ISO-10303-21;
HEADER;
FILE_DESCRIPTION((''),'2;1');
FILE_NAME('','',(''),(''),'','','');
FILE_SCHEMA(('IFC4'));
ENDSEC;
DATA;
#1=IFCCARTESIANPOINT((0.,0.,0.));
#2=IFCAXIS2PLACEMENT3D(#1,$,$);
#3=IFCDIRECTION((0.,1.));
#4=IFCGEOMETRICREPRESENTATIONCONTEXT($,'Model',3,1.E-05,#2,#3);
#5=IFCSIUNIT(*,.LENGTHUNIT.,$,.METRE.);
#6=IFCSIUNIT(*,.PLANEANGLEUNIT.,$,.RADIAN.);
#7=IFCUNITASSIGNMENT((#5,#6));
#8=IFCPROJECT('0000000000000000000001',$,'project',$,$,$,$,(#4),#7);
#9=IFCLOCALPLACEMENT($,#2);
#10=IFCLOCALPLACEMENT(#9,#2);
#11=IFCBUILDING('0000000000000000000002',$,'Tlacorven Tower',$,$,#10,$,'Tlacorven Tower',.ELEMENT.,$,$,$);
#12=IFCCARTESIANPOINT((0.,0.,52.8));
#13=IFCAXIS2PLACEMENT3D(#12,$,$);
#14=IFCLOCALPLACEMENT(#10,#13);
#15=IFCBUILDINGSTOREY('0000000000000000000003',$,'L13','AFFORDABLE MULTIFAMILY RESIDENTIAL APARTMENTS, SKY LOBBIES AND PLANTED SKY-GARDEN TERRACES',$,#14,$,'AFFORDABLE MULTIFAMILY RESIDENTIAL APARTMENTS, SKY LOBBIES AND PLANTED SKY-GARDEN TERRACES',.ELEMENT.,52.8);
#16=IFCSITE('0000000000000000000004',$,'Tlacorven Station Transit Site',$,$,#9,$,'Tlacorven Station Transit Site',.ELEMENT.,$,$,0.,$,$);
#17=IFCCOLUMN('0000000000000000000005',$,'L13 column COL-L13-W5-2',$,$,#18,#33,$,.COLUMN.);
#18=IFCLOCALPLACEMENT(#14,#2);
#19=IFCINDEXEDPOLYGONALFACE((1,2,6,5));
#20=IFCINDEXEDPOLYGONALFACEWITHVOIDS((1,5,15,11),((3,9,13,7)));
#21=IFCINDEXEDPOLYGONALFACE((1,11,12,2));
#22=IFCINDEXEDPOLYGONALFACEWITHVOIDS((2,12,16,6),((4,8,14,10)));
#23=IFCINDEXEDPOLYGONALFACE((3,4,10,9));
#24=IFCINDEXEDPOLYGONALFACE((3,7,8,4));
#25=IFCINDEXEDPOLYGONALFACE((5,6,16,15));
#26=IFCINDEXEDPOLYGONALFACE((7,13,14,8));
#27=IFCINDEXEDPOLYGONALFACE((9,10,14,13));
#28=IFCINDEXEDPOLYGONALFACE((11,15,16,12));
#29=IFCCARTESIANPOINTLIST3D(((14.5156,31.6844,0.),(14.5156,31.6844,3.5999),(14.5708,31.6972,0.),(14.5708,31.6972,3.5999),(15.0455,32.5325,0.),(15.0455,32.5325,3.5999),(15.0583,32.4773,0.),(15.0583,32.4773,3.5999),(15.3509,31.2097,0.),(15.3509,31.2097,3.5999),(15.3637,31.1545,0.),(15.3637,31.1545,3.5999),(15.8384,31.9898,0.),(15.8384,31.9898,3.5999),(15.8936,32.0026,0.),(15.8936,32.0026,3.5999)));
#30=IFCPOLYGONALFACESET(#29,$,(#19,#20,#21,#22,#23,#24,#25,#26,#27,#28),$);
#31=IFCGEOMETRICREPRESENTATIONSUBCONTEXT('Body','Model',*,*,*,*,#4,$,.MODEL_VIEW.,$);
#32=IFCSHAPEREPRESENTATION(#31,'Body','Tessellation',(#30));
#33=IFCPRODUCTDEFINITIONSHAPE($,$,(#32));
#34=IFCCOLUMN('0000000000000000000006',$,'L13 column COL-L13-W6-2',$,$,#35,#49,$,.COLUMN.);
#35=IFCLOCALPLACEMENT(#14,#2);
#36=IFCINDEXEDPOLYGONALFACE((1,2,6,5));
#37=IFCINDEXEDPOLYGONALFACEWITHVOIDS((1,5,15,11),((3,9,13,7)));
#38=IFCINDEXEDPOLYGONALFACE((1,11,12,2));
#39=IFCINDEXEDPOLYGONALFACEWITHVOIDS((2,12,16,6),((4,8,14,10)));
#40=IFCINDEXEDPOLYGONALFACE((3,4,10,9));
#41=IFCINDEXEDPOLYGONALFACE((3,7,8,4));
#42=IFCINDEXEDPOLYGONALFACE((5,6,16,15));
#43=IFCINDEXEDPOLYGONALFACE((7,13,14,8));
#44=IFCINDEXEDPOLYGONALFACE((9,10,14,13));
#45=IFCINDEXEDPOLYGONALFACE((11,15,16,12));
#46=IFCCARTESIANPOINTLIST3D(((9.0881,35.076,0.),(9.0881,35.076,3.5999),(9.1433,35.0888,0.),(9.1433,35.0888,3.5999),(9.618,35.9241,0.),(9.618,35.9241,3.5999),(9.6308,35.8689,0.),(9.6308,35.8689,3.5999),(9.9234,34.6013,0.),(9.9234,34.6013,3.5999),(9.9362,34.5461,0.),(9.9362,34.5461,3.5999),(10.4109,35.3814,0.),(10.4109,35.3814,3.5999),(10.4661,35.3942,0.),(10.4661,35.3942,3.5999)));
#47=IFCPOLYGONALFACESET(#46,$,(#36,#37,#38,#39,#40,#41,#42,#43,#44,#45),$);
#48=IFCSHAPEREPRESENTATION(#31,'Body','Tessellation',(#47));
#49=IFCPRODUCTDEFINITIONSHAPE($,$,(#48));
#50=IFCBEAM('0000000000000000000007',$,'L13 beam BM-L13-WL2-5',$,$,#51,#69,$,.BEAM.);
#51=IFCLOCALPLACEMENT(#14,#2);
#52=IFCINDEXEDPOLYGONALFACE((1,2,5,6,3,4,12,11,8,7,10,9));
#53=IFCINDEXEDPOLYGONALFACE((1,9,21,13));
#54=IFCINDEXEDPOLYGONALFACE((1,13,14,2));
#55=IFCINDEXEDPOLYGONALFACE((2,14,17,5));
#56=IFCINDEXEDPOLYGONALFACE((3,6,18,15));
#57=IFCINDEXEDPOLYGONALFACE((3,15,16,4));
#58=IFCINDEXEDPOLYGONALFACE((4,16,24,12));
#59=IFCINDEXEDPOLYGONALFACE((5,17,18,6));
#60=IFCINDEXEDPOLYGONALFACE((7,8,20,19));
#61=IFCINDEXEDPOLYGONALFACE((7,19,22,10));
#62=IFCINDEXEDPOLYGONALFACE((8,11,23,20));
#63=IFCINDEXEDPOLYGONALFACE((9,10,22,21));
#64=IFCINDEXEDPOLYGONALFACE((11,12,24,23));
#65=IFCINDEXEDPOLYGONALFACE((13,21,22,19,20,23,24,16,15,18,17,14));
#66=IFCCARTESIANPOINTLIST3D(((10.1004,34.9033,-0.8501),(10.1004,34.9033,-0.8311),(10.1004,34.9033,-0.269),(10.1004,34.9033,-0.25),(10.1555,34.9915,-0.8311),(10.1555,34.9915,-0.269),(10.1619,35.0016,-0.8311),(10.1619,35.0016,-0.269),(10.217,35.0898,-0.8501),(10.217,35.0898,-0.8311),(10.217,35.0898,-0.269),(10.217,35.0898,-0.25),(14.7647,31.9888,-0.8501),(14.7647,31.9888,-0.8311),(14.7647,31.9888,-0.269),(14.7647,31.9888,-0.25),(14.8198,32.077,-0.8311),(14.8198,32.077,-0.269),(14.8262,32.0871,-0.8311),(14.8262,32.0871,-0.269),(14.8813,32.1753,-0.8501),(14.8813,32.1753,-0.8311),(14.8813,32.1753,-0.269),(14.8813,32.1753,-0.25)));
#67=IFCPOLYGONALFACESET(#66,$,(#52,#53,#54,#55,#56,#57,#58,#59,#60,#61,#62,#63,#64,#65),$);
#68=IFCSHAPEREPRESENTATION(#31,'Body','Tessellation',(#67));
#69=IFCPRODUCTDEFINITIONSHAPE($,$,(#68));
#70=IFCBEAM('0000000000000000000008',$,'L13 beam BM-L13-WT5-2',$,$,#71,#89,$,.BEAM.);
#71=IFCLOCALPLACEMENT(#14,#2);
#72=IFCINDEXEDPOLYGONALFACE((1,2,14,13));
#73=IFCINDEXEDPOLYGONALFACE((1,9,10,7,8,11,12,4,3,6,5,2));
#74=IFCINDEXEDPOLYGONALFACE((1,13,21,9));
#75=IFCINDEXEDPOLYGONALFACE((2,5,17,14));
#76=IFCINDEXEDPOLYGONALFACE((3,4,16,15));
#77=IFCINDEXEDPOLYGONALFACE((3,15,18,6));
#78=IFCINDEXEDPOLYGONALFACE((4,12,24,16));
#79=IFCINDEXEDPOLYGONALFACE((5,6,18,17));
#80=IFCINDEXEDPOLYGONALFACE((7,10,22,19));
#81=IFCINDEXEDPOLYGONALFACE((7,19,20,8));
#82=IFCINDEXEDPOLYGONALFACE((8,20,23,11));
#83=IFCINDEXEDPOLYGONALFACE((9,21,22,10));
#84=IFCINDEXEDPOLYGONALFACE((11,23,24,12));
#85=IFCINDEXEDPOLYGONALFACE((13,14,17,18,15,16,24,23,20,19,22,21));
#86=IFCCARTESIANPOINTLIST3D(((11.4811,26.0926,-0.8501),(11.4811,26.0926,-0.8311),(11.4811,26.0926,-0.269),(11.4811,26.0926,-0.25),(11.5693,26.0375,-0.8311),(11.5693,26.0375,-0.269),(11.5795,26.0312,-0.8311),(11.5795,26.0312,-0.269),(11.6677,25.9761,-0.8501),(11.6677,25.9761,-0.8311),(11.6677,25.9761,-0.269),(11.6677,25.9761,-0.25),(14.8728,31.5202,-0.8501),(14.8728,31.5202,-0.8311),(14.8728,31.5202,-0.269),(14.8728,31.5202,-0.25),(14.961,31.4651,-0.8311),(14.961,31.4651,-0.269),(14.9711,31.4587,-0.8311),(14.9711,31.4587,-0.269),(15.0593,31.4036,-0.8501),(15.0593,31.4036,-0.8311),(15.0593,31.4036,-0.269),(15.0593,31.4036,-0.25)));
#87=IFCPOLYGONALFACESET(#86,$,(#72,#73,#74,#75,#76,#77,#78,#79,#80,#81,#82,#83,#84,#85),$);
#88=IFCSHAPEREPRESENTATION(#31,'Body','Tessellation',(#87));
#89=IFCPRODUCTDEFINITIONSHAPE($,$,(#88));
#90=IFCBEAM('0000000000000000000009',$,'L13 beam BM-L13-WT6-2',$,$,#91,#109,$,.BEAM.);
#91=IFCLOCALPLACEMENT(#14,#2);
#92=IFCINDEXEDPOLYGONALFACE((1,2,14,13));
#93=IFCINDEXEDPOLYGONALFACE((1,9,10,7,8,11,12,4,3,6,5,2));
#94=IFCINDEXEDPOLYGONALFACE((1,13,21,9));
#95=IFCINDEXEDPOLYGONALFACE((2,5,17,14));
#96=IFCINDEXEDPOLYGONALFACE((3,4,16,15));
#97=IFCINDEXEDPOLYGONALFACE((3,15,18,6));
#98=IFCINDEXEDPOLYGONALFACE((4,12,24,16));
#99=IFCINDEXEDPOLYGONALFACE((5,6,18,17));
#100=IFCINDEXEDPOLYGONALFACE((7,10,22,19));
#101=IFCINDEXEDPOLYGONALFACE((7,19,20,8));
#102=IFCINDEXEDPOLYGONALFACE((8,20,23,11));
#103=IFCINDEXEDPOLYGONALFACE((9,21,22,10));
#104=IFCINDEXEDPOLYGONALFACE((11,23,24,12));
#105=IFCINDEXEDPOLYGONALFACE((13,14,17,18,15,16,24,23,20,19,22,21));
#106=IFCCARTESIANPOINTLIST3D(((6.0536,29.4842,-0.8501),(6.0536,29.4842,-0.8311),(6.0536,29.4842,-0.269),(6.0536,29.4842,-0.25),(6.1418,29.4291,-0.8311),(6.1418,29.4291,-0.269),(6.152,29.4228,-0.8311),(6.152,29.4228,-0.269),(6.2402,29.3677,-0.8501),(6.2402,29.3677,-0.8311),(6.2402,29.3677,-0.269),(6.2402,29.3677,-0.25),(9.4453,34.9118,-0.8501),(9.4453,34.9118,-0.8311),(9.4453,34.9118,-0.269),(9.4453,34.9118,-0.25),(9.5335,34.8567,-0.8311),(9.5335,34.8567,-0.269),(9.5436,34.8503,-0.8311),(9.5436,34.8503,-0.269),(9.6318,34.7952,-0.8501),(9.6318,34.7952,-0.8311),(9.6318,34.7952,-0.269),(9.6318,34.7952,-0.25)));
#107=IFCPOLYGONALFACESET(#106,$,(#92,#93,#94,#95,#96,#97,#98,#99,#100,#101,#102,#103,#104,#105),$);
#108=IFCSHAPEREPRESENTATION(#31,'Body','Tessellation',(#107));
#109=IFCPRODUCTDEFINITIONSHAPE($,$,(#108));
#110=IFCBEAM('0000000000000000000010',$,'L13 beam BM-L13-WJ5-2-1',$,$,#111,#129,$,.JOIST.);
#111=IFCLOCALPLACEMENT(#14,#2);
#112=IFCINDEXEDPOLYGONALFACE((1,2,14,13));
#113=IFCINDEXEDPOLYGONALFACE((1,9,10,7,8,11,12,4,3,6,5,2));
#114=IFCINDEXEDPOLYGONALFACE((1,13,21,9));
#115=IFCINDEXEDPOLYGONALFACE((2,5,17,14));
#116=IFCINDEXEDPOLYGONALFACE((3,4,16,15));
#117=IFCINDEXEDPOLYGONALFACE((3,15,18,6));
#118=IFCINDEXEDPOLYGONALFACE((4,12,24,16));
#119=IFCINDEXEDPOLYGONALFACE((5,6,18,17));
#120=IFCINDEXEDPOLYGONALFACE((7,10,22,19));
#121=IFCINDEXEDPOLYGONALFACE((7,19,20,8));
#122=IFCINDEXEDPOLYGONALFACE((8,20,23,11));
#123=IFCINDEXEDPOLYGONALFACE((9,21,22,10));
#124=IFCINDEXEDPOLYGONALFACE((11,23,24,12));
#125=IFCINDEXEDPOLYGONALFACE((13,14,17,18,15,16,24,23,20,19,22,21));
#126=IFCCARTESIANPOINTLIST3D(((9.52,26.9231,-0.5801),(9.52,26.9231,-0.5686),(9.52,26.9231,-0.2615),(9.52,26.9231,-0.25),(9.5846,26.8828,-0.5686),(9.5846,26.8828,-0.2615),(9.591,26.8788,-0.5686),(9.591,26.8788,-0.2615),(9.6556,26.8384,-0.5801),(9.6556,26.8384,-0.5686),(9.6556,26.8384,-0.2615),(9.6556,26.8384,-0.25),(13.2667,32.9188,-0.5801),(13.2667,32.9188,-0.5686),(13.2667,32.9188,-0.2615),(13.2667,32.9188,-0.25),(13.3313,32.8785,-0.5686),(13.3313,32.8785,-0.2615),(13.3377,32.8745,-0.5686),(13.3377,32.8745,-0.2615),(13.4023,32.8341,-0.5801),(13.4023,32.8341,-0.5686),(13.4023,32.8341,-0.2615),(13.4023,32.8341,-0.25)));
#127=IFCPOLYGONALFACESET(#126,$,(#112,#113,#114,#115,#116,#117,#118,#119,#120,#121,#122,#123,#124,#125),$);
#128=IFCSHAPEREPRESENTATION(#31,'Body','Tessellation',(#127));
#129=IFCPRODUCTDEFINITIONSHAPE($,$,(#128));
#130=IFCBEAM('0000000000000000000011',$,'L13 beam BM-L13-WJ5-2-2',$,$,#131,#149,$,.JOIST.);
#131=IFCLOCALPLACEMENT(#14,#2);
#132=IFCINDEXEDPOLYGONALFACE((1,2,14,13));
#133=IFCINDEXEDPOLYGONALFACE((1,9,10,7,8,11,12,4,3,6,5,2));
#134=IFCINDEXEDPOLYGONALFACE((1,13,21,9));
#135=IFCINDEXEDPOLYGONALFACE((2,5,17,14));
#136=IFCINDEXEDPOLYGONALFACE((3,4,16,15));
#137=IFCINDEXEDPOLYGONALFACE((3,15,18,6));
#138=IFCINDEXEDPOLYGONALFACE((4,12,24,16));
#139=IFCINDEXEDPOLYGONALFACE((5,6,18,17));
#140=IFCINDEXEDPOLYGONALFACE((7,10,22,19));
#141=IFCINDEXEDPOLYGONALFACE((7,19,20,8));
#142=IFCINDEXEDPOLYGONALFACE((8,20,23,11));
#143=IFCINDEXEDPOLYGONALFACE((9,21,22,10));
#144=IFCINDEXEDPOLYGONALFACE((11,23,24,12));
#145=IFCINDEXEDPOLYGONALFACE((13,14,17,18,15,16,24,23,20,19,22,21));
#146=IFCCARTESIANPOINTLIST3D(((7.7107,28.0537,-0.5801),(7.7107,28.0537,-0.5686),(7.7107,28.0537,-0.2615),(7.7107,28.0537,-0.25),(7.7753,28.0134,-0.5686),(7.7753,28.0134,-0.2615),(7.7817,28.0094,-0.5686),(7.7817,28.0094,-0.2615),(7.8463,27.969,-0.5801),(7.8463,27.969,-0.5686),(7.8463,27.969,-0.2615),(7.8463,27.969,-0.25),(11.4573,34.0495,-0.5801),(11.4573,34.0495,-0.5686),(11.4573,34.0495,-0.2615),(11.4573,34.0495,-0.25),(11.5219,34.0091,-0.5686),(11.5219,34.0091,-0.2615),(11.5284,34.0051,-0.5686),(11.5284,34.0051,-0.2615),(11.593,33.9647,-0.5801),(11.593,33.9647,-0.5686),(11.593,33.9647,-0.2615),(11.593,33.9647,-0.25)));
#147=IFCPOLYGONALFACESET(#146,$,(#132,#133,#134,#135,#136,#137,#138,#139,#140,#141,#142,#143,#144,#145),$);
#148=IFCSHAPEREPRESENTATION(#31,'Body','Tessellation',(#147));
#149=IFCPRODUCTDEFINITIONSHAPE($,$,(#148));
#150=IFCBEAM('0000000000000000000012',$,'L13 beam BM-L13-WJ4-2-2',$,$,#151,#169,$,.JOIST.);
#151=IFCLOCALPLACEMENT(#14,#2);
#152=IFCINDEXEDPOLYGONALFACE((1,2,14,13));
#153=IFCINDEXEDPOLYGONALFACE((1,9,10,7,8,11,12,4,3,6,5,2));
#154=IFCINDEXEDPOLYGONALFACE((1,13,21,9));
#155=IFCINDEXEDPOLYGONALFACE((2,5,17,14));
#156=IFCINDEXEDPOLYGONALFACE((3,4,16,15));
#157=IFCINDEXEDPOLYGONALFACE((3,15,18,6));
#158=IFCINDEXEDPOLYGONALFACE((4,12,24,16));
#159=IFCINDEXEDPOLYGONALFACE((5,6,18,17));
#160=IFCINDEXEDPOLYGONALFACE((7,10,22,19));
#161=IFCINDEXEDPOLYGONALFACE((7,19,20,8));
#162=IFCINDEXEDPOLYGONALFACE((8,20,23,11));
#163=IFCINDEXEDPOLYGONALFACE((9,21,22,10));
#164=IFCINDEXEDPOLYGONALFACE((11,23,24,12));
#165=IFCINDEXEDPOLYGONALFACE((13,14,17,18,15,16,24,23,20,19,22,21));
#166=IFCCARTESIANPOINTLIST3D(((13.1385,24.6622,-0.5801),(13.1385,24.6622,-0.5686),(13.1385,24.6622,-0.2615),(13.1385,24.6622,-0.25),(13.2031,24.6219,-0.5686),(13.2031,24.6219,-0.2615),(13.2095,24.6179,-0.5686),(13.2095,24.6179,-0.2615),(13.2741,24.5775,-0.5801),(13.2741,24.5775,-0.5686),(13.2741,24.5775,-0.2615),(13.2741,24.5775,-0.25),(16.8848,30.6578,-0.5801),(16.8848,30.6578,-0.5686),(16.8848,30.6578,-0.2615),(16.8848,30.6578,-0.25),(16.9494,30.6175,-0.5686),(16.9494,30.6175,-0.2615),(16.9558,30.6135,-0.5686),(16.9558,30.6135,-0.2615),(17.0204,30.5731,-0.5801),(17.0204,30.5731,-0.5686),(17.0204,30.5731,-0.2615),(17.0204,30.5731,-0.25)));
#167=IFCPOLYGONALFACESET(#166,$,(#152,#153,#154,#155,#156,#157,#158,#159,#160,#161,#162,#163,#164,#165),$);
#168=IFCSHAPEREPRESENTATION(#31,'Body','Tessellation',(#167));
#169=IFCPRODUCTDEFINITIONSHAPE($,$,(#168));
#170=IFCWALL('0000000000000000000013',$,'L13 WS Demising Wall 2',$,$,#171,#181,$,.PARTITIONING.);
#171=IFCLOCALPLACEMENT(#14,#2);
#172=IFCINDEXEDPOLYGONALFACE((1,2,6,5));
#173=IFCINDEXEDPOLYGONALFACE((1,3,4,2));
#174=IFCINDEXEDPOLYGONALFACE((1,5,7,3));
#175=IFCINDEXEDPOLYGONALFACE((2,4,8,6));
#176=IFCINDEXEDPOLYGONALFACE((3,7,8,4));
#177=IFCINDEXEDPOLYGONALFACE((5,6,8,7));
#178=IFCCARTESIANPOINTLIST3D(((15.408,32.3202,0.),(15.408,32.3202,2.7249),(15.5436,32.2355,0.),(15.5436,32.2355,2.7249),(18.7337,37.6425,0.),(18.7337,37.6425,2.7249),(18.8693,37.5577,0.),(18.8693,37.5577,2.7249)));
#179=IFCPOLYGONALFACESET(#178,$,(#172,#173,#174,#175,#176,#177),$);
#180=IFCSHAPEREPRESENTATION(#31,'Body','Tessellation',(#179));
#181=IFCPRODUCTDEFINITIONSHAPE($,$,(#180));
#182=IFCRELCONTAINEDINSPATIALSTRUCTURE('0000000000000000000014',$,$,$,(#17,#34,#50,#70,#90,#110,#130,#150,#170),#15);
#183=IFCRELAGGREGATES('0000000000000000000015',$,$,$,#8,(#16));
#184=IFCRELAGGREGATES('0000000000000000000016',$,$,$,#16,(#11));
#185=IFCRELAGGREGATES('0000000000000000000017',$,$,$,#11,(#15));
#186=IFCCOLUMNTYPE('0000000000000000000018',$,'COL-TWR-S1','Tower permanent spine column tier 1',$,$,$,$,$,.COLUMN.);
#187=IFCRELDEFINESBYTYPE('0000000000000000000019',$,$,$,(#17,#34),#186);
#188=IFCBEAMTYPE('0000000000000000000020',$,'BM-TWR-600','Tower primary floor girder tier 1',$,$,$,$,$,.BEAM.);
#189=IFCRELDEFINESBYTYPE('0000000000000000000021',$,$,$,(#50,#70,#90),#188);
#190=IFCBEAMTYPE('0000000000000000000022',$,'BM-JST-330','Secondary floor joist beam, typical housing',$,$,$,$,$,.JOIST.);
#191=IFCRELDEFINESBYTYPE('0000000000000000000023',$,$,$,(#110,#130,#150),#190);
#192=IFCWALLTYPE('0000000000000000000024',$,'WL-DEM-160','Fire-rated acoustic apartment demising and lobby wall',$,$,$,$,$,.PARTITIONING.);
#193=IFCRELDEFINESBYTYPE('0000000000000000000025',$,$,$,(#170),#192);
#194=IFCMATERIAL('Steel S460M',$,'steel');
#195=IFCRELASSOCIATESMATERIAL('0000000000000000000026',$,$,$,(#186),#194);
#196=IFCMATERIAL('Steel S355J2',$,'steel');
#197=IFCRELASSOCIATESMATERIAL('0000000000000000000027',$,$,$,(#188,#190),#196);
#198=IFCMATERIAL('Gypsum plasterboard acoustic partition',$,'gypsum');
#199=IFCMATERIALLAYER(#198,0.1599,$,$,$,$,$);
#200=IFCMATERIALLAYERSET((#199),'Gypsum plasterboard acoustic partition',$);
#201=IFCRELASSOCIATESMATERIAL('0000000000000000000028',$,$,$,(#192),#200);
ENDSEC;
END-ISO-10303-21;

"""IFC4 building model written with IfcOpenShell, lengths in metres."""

from ifc_helpers import new_model, si_unit, direction, frame, frame_2d, origin, origin_2d, place, context, subcontext, project, spatial, rectangle, hollow_rectangle, i_section, extrude, source, transform, mapped, material, layer, layer_set, material_profile, profile_set, type_object, element, save


model = new_model("IFC4")

# Units and contexts
model_context = context("Model", 3, precision=1e-05, world=origin(), true_north=direction((0.0, 1.0)))
body_context = subcontext(model_context, "Body", "Model", "MODEL_VIEW")
ifc_project = project(units=[si_unit("LENGTHUNIT", "METRE"), si_unit("PLANEANGLEUNIT", "RADIAN")], contexts=[model_context])

# Site, building, storey
site_placement = place(None, origin())
site = spatial("IfcSite", under=ifc_project, at=site_placement, Name="Tlacorven Station Transit Site", LongName="Tlacorven Station Transit Site", CompositionType="ELEMENT", RefElevation=0.0)
building_placement = place(site_placement, origin())
building = spatial("IfcBuilding", under=site, at=building_placement, Name="Tlacorven Tower", LongName="Tlacorven Tower", CompositionType="ELEMENT")
storey_placement = place(building_placement, frame((0.0, 0.0, 52.8)))
storey = spatial("IfcBuildingStorey", under=building, at=storey_placement, Name="L13", Description="AFFORDABLE MULTIFAMILY RESIDENTIAL APARTMENTS, SKY LOBBIES AND PLANTED SKY-GARDEN TERRACES", LongName="AFFORDABLE MULTIFAMILY RESIDENTIAL APARTMENTS, SKY LOBBIES AND PLANTED SKY-GARDEN TERRACES", CompositionType="ELEMENT", Elevation=52.8)

# Columns
ifc_material_1 = material(Name="Steel S460M", Category="steel")
ifc_material_profile_1 = material_profile(ifc_material_1, hollow_rectangle(XDim=1.0, YDim=1.0, WallThickness=0.04, at=origin_2d()), Name="BOX 1000X1000X40")
ifc_profile_set_1 = profile_set([ifc_material_profile_1], Name="Steel S460M")
column_type = type_object("IfcColumnType", Name="COL-TWR-S1", Description="Tower permanent spine column tier 1", PredefinedType="COLUMN", material=ifc_profile_set_1)
shared_shape_1 = source(origin(), body_context, "Body", "SweptSolid", [
    extrude(hollow_rectangle(XDim=1.0, YDim=1.0, WallThickness=0.04, at=origin_2d()), origin(), (0.0, 0.0, 1.0), 3.5999),
])
for number, where, z_axis, x_axis, name in (
    (1, (15.2046, 31.8435, 0.0), (0.0, 0.0, 1.0), (-0.848048, 0.529919, 0.0), "L13 column COL-L13-W5-2"),
    (2, (9.7771, 35.2351, 0.0), (0.0, 0.0, 1.0), (-0.848048, 0.529919, 0.0), "L13 column COL-L13-W6-2"),
):
    element("IfcColumn", number, at=place(storey_placement, frame(where, z_axis=z_axis, x_axis=x_axis)), inside=storey, type_object=column_type, Name=name, PredefinedType="COLUMN", context=body_context, shape_type="MappedRepresentation", body=[
        mapped(shared_shape_1, transform((0.0, 0.0, 0.0), scale=1.0)),
    ])

# Beams
ifc_material_2 = material(Name="Steel S355J2", Category="steel")
ifc_material_profile_2 = material_profile(ifc_material_2, i_section(OverallWidth=0.22, OverallDepth=0.6001, WebThickness=0.012, FlangeThickness=0.019, at=origin_2d()), Name="IPE 600")
ifc_profile_set_2 = profile_set([ifc_material_profile_2], Name="Steel S355J2")
beam_type_1 = type_object("IfcBeamType", Name="BM-TWR-600", Description="Tower primary floor girder tier 1", PredefinedType="BEAM", material=ifc_profile_set_2)
shared_shape_2 = source(origin(), body_context, "Body", "SweptSolid", [
    extrude(i_section(OverallWidth=0.22, OverallDepth=0.6001, WebThickness=0.012, FlangeThickness=0.019, at=origin_2d()), origin(), (0.0, 0.0, 1.0), 5.5),
])
beam_1_placement = place(storey_placement, frame((14.823, 32.082, -0.55), z_axis=(-0.848051, 0.529915, 0.0), x_axis=(-0.529915, -0.848051, 0.0)))
element("IfcBeam", 3, at=beam_1_placement, inside=storey, type_object=beam_type_1, Name="L13 beam BM-L13-WL2-5", PredefinedType="BEAM", context=body_context, shape_type="MappedRepresentation", body=[
    mapped(shared_shape_2, transform((0.0, 0.0, 0.0), scale=1.0)),
])
shared_shape_3 = source(origin(), body_context, "Body", "SweptSolid", [
    extrude(i_section(OverallWidth=0.22, OverallDepth=0.6001, WebThickness=0.012, FlangeThickness=0.019, at=origin_2d()), origin(), (0.0, 0.0, 1.0), 6.4001),
])
for number, where, z_axis, x_axis, name in (
    (4, (14.9661, 31.4619, -0.55), (-0.529934, -0.848039, 0.0), (0.848039, -0.529934, 0.0), "L13 beam BM-L13-WT5-2"),
    (5, (9.5386, 34.8535, -0.55), (-0.529934, -0.848039, 0.0), (0.848039, -0.529934, 0.0), "L13 beam BM-L13-WT6-2"),
):
    element("IfcBeam", number, at=place(storey_placement, frame(where, z_axis=z_axis, x_axis=x_axis)), inside=storey, type_object=beam_type_1, Name=name, PredefinedType="BEAM", context=body_context, shape_type="MappedRepresentation", body=[
        mapped(shared_shape_3, transform((0.0, 0.0, 0.0), scale=1.0)),
    ])
ifc_material_profile_3 = material_profile(ifc_material_2, i_section(OverallWidth=0.1599, OverallDepth=0.3301, WebThickness=0.0076, FlangeThickness=0.0115, at=origin_2d()), Name="IPE 330")
ifc_profile_set_3 = profile_set([ifc_material_profile_3], Name="Steel S355J2")
beam_type_2 = type_object("IfcBeamType", Name="BM-JST-330", Description="Secondary floor joist beam, typical housing", PredefinedType="JOIST", material=ifc_profile_set_3)
shared_shape_4 = source(origin(), body_context, "Body", "SweptSolid", [
    extrude(i_section(OverallWidth=0.1599, OverallDepth=0.3301, WebThickness=0.0076, FlangeThickness=0.0115, at=origin_2d()), origin(), (0.0, 0.0, 1.0), 7.0701),
])
for number, where, z_axis, x_axis, name in (
    (6, (13.3345, 32.8765, -0.415), (-0.529931, -0.848041, 0.0), (0.848041, -0.529931, 0.0), "L13 beam BM-L13-WJ5-2-1"),
    (7, (11.5251, 34.0071, -0.415), (-0.529931, -0.848041, 0.0), (0.848041, -0.529931, 0.0), "L13 beam BM-L13-WJ5-2-2"),
):
    element("IfcBeam", number, at=place(storey_placement, frame(where, z_axis=z_axis, x_axis=x_axis)), inside=storey, type_object=beam_type_2, Name=name, PredefinedType="JOIST", context=body_context, shape_type="MappedRepresentation", body=[
        mapped(shared_shape_4, transform((0.0, 0.0, 0.0), scale=1.0)),
    ])
shared_shape_5 = source(origin(), body_context, "Body", "SweptSolid", [
    extrude(i_section(OverallWidth=0.1599, OverallDepth=0.3301, WebThickness=0.0076, FlangeThickness=0.0115, at=origin_2d()), origin(), (0.0, 0.0, 1.0), 7.0698),
])
beam_2_placement = place(storey_placement, frame((16.9526, 30.6155, -0.415), z_axis=(-0.529906, -0.848057, 0.0), x_axis=(0.848057, -0.529906, 0.0)))
element("IfcBeam", 8, at=beam_2_placement, inside=storey, type_object=beam_type_2, Name="L13 beam BM-L13-WJ4-2-2", PredefinedType="JOIST", context=body_context, shape_type="MappedRepresentation", body=[
    mapped(shared_shape_5, transform((0.0, 0.0, 0.0), scale=1.0)),
])

# Wall
ifc_material_3 = material(Name="Gypsum plasterboard acoustic partition", Category="gypsum")
ifc_layer_1 = layer(ifc_material_3, 0.1599)
ifc_layer_set_1 = layer_set([ifc_layer_1], Name="Gypsum plasterboard acoustic partition")
wall_type_1 = type_object("IfcWallType", Name="WL-DEM-160", Description="Fire-rated acoustic apartment demising and lobby wall", PredefinedType="PARTITIONING", material=ifc_layer_set_1)
wall_1_placement = place(storey_placement, frame((18.8015, 37.6001, 0.0), z_axis=(0.0, 0.0, 1.0), x_axis=(-0.529915, -0.848051, 0.0)))
element("IfcWall", 9, at=wall_1_placement, inside=storey, type_object=wall_type_1, Name="L13 WS Demising Wall 2", PredefinedType="PARTITIONING", context=body_context, shape_type="SweptSolid", body=[
    extrude(rectangle(XDim=6.2759, YDim=0.1599, at=frame_2d((3.1379, 0.0))), origin(), (0.0, 0.0, 1.0), 2.7249),
])

save(model, "model.ifc")
